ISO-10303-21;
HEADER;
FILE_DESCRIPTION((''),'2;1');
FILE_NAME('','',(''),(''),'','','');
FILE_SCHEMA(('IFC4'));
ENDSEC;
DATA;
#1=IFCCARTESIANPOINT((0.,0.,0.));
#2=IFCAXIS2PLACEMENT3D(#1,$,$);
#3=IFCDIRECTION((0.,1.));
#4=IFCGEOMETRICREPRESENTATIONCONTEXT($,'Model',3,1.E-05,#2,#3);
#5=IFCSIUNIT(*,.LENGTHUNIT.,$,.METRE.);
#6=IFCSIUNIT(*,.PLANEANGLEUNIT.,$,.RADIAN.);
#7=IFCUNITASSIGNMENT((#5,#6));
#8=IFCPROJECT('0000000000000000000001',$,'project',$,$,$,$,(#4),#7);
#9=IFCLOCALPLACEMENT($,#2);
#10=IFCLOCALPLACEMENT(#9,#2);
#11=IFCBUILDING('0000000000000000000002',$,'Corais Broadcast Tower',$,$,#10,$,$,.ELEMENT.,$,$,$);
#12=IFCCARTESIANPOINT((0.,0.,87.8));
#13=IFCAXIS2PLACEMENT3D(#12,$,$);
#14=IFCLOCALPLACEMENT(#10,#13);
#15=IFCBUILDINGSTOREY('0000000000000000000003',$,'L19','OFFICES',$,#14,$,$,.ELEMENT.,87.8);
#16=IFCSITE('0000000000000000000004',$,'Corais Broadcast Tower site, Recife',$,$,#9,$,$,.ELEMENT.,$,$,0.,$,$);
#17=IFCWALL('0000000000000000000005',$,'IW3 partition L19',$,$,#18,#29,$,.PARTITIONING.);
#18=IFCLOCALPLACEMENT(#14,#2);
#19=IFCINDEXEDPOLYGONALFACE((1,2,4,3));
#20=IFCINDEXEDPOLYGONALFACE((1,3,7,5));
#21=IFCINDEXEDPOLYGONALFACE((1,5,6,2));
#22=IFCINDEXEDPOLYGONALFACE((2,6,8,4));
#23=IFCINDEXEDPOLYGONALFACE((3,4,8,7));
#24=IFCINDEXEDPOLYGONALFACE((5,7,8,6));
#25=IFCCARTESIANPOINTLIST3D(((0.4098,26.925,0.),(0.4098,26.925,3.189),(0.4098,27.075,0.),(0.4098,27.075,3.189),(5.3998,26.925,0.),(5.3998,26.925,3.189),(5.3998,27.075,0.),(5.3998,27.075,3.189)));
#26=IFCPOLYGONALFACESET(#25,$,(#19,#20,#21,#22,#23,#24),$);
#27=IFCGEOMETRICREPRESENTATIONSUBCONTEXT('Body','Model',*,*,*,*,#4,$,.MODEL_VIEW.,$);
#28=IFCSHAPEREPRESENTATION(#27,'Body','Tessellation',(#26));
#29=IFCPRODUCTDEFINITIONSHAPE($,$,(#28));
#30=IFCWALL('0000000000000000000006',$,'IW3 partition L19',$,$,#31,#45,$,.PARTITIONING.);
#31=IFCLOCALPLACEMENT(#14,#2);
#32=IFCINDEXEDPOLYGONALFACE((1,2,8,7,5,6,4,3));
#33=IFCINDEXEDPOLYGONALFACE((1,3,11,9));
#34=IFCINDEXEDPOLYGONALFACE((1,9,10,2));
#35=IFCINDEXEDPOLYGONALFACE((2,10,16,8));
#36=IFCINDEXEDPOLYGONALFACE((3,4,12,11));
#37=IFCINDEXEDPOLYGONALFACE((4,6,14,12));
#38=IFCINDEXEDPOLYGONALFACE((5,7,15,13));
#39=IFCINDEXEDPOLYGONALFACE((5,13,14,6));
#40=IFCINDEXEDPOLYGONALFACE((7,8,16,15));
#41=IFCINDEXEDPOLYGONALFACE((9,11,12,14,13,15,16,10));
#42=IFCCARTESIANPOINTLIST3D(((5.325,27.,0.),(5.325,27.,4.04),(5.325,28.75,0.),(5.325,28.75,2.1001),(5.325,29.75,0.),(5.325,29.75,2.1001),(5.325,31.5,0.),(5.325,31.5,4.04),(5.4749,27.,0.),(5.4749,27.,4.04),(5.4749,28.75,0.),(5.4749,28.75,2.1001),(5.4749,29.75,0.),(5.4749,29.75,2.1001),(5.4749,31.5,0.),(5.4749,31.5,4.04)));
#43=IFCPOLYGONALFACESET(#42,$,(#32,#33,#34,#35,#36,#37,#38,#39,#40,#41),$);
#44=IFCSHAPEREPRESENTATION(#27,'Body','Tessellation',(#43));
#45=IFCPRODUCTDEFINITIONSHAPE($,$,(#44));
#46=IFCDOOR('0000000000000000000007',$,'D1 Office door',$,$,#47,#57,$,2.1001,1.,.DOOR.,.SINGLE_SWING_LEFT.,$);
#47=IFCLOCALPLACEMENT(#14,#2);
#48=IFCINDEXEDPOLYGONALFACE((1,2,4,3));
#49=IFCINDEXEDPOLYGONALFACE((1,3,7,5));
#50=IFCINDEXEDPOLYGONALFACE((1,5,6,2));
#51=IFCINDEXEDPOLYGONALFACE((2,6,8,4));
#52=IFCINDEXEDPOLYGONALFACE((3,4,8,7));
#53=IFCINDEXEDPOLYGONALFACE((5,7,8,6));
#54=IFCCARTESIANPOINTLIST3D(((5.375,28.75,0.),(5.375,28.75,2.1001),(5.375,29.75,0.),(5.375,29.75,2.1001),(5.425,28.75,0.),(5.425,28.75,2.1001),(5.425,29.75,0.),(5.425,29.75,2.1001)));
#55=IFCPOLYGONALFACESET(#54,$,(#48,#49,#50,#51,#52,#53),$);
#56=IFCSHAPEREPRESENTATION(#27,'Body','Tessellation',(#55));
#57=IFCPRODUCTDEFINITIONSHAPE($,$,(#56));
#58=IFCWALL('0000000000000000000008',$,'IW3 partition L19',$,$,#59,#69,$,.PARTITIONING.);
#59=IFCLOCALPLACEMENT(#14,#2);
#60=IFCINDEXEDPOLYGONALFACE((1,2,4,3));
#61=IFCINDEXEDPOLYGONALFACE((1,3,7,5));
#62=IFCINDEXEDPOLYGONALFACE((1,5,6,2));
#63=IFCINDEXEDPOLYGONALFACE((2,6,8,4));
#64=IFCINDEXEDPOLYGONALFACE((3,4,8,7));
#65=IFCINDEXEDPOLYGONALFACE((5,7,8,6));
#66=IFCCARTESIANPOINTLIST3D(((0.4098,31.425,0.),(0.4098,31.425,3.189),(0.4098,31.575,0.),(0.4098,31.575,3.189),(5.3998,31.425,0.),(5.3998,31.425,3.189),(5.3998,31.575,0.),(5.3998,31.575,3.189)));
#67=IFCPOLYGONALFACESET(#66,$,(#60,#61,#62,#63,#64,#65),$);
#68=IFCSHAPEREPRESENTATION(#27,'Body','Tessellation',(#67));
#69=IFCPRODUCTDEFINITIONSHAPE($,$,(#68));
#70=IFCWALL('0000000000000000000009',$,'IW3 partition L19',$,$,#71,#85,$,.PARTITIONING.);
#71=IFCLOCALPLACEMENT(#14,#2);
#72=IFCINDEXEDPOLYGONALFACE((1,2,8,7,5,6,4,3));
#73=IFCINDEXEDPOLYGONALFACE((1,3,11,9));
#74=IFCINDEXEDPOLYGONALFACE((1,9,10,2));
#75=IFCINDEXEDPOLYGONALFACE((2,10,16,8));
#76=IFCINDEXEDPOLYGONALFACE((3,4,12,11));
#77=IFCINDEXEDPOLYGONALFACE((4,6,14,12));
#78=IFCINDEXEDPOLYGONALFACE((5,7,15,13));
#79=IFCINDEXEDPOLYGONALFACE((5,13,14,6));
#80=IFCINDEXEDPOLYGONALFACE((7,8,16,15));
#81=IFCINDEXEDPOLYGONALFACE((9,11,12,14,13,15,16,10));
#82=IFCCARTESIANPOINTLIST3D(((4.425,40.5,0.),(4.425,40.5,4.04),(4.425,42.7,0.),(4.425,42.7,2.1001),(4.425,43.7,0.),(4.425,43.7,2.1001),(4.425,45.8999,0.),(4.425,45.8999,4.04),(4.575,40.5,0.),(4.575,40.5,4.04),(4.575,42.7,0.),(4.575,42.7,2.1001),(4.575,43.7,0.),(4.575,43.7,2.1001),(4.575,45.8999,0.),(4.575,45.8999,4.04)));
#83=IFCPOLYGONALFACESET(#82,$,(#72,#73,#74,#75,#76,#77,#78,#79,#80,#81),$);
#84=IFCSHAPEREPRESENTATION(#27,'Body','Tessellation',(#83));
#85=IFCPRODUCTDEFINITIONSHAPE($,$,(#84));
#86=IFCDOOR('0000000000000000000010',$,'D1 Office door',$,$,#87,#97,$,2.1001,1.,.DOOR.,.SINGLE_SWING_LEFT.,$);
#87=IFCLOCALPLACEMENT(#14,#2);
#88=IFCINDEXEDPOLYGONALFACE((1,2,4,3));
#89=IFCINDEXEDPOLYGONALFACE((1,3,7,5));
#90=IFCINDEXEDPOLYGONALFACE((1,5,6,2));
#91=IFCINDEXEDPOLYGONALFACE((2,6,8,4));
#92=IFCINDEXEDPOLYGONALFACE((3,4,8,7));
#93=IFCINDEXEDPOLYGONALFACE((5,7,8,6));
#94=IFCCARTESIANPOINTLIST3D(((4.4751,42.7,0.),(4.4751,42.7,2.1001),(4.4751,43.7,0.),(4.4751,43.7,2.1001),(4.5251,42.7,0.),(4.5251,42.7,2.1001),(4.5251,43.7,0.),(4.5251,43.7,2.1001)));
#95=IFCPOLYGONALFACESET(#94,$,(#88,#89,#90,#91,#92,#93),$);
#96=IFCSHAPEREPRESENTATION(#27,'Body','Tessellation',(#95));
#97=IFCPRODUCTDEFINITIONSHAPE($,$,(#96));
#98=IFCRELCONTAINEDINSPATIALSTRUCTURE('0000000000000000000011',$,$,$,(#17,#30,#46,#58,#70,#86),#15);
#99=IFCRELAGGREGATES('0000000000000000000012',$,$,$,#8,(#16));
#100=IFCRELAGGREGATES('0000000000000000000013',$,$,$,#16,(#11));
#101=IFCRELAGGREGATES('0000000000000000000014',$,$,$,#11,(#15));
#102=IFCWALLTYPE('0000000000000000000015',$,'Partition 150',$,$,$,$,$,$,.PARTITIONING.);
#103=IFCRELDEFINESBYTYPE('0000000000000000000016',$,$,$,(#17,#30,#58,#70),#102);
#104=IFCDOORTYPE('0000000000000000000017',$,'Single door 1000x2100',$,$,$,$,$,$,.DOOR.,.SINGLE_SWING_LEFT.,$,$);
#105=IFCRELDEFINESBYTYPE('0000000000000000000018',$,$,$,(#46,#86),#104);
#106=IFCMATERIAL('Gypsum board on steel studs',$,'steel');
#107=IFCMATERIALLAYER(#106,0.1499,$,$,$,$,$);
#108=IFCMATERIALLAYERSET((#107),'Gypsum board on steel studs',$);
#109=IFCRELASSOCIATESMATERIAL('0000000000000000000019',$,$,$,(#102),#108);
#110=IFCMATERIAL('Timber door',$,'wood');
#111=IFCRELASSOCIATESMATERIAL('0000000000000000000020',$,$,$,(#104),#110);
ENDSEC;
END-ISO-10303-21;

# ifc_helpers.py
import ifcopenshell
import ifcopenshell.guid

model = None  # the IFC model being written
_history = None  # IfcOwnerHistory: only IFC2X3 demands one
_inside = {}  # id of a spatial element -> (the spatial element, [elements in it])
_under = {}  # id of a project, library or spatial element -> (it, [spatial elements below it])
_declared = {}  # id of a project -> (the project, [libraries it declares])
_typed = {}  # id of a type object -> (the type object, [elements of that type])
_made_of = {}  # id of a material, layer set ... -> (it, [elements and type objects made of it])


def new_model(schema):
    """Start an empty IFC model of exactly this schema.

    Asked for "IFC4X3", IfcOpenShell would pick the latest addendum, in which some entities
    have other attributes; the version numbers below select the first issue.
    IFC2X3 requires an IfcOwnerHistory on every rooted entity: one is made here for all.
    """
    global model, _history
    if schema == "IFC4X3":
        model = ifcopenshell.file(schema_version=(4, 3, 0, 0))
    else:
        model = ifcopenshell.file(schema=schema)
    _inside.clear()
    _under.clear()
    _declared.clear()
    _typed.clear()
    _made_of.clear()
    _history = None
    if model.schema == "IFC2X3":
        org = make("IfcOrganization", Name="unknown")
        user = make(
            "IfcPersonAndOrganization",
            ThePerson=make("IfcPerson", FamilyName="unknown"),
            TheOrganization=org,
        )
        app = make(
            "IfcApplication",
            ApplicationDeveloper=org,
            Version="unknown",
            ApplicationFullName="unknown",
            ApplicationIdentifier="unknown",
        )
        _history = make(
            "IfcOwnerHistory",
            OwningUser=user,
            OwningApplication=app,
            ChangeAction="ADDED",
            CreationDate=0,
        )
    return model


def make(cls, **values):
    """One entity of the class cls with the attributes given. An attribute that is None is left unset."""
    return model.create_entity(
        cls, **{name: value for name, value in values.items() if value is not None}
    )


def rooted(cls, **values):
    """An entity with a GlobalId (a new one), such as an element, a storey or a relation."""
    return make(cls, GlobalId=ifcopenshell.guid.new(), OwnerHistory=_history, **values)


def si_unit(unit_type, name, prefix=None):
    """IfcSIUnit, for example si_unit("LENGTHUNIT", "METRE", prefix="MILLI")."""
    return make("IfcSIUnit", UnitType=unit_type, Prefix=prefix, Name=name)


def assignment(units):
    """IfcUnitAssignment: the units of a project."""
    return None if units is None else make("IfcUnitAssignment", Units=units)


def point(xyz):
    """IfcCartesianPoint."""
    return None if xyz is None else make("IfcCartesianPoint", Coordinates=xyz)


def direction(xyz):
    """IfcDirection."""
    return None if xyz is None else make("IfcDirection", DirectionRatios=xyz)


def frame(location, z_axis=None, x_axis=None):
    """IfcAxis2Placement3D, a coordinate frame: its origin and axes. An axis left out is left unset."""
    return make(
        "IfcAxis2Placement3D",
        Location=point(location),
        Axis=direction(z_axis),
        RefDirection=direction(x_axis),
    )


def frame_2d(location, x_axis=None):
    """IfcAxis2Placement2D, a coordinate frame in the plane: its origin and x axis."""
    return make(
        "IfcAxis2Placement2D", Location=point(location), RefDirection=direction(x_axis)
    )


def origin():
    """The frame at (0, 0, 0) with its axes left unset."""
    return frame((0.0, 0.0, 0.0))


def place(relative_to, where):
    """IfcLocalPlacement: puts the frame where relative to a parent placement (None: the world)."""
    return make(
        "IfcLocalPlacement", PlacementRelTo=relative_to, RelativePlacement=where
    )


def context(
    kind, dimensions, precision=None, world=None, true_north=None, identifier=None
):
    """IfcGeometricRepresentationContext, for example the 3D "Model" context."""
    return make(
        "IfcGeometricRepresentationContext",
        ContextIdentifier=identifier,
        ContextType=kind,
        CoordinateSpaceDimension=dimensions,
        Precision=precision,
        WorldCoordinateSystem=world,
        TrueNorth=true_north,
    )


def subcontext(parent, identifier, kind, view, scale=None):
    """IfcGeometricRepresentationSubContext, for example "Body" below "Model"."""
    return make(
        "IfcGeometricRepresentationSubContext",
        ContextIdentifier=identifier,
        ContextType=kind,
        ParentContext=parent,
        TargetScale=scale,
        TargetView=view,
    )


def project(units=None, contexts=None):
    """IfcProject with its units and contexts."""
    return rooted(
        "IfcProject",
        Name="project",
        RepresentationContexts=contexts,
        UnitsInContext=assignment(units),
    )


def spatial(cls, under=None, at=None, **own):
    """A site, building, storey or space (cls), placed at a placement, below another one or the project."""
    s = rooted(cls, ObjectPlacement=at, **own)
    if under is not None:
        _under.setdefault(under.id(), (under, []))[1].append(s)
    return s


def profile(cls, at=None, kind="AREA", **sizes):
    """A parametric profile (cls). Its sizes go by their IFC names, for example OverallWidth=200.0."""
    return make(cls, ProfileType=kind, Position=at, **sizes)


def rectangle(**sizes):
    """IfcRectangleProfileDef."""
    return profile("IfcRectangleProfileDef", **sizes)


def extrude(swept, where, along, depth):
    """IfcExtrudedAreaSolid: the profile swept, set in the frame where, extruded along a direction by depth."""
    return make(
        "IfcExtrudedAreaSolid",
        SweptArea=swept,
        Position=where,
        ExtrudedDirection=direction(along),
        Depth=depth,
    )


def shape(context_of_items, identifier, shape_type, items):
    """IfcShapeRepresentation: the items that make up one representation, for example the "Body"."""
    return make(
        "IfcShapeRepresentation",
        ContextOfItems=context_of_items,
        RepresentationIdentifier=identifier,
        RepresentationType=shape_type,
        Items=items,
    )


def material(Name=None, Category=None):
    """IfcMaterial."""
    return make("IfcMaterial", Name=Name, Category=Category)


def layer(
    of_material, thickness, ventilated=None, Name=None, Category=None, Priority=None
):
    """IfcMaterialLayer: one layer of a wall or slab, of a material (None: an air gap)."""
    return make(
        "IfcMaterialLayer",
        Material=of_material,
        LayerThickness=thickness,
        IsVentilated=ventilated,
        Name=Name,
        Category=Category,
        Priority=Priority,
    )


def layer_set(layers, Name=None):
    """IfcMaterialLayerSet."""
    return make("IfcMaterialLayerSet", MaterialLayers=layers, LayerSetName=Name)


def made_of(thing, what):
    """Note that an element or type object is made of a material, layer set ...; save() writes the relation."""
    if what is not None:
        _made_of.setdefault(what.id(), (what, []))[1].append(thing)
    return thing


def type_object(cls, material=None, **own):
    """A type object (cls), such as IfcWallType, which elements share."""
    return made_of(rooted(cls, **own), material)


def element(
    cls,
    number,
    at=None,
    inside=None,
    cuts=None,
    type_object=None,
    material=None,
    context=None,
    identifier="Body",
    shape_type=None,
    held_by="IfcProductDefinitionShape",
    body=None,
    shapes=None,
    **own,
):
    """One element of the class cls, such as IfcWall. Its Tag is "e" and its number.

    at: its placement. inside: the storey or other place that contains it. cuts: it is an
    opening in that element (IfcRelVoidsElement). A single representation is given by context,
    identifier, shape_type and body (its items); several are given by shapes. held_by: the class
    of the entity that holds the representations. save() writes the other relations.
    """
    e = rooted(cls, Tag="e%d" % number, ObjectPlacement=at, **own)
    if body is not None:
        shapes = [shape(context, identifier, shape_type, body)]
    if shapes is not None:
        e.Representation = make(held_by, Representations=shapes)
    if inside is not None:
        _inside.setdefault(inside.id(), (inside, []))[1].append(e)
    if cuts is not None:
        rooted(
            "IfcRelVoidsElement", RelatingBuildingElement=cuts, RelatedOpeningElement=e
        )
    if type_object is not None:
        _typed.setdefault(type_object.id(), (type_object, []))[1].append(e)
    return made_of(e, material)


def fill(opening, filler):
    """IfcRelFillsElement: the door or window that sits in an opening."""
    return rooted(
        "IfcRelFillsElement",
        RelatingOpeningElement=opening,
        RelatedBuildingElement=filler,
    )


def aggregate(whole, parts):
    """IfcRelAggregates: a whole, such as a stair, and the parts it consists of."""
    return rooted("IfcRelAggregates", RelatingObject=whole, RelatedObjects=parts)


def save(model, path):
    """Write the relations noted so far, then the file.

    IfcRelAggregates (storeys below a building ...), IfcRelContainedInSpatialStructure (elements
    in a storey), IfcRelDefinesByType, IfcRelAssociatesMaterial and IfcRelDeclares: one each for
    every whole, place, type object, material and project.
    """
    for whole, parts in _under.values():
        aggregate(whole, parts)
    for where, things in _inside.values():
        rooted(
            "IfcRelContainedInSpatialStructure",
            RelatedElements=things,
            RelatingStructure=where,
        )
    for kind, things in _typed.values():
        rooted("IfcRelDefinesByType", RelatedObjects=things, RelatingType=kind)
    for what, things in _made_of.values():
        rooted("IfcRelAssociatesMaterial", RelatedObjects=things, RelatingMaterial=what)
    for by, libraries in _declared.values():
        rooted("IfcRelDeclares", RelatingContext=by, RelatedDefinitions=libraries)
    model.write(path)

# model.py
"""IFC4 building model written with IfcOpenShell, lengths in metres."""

from ifc_helpers import new_model, si_unit, direction, frame, frame_2d, origin, place, context, subcontext, project, spatial, rectangle, extrude, material, layer, layer_set, type_object, element, fill, save


model = new_model("IFC4")

# Units and contexts
model_context = context("Model", 3, precision=1e-05, world=origin(), true_north=direction((0.0, 1.0)))
body_context = subcontext(model_context, "Body", "Model", "MODEL_VIEW")
ifc_project = project(units=[si_unit("LENGTHUNIT", "METRE"), si_unit("PLANEANGLEUNIT", "RADIAN")], contexts=[model_context])

# Site, building, storey
site_placement = place(None, origin())
site = spatial("IfcSite", under=ifc_project, at=site_placement, Name="Corais Broadcast Tower site, Recife", CompositionType="ELEMENT", RefElevation=0.0)
building_placement = place(site_placement, origin())
building = spatial("IfcBuilding", under=site, at=building_placement, Name="Corais Broadcast Tower", CompositionType="ELEMENT")
storey_placement = place(building_placement, frame((0.0, 0.0, 87.8)))
storey = spatial("IfcBuildingStorey", under=building, at=storey_placement, Name="L19", Description="OFFICES", CompositionType="ELEMENT", Elevation=87.8)

# Wall
ifc_material_1 = material(Name="Gypsum board on steel studs", Category="steel")
ifc_layer_1 = layer(ifc_material_1, 0.1499)
ifc_layer_set_1 = layer_set([ifc_layer_1], Name="Gypsum board on steel studs")
wall_type = type_object("IfcWallType", Name="Partition 150", PredefinedType="PARTITIONING", material=ifc_layer_set_1)
wall_1_placement = place(storey_placement, frame((5.3999, 27.0, 0.0), z_axis=(0.0, 0.0, 1.0), x_axis=(-1.0, 0.0, 0.0)))
element("IfcWall", 1, at=wall_1_placement, inside=storey, type_object=wall_type, Name="IW3 partition L19", PredefinedType="PARTITIONING", context=body_context, shape_type="SweptSolid", body=[
    extrude(rectangle(XDim=4.99, YDim=0.1499, at=frame_2d((2.4951, 0.0))), origin(), (0.0, 0.0, 1.0), 3.189),
])

# Wall, opening, door
wall_2_placement = place(storey_placement, frame((5.3999, 27.0, 0.0), z_axis=(0.0, 0.0, 1.0), x_axis=(0.0, 1.0, 0.0)))
wall_2 = element("IfcWall", 2, at=wall_2_placement, inside=storey, type_object=wall_type, Name="IW3 partition L19", PredefinedType="PARTITIONING", context=body_context, shape_type="SweptSolid", body=[
    extrude(rectangle(XDim=4.5, YDim=0.1499, at=frame_2d((2.25, 0.0))), origin(), (0.0, 0.0, 1.0), 4.04),
])
opening_1_placement = place(wall_2_placement, frame((1.75, 0.0, 0.0)))
opening_1 = element("IfcOpeningElement", 3, at=opening_1_placement, cuts=wall_2, PredefinedType="OPENING", context=body_context, shape_type="SweptSolid", body=[
    extrude(rectangle(XDim=1.0, YDim=2.1001, at=frame_2d((0.5, 1.05))), frame((0.0, 0.085, 0.0), z_axis=(0.0, -1.0, 0.0), x_axis=(1.0, 0.0, 0.0)), (0.0, 0.0, 1.0), 0.1699),
])
ifc_material_2 = material(Name="Timber door", Category="wood")
door_type = type_object("IfcDoorType", Name="Single door 1000x2100", OperationType="SINGLE_SWING_LEFT", PredefinedType="DOOR", material=ifc_material_2)
door_1_placement = place(opening_1_placement, origin())
door_1 = element("IfcDoor", 4, at=door_1_placement, inside=storey, type_object=door_type, Name="D1 Office door", OperationType="SINGLE_SWING_LEFT", OverallHeight=2.1001, OverallWidth=1.0, PredefinedType="DOOR", context=body_context, shape_type="SweptSolid", body=[
    extrude(rectangle(XDim=1.0, YDim=2.1001, at=frame_2d((0.5, 1.05))), frame((0.0, 0.0249, 0.0), z_axis=(0.0, -1.0, 0.0), x_axis=(1.0, 0.0, 0.0)), (0.0, 0.0, 1.0), 0.05),
])
fill(opening_1, door_1)

# Wall
wall_3_placement = place(storey_placement, frame((5.3999, 31.5, 0.0), z_axis=(0.0, 0.0, 1.0), x_axis=(-1.0, 0.0, 0.0)))
element("IfcWall", 5, at=wall_3_placement, inside=storey, type_object=wall_type, Name="IW3 partition L19", PredefinedType="PARTITIONING", context=body_context, shape_type="SweptSolid", body=[
    extrude(rectangle(XDim=4.99, YDim=0.1499, at=frame_2d((2.4951, 0.0))), origin(), (0.0, 0.0, 1.0), 3.189),
])

# Wall, opening, door
wall_4_placement = place(storey_placement, frame((4.5, 40.5, 0.0), z_axis=(0.0, 0.0, 1.0), x_axis=(0.0, 1.0, 0.0)))
wall_4 = element("IfcWall", 6, at=wall_4_placement, inside=storey, type_object=wall_type, Name="IW3 partition L19", PredefinedType="PARTITIONING", context=body_context, shape_type="SweptSolid", body=[
    extrude(rectangle(XDim=5.3999, YDim=0.1499, at=frame_2d((2.7, 0.0))), origin(), (0.0, 0.0, 1.0), 4.04),
])
opening_2_placement = place(wall_4_placement, frame((2.2, 0.0, 0.0)))
opening_2 = element("IfcOpeningElement", 7, at=opening_2_placement, cuts=wall_4, PredefinedType="OPENING", context=body_context, shape_type="SweptSolid", body=[
    extrude(rectangle(XDim=1.0, YDim=2.1001, at=frame_2d((0.5, 1.05))), frame((0.0, 0.085, 0.0), z_axis=(0.0, -1.0, 0.0), x_axis=(1.0, 0.0, 0.0)), (0.0, 0.0, 1.0), 0.1699),
])
door_2_placement = place(opening_2_placement, origin())
door_2 = element("IfcDoor", 8, at=door_2_placement, inside=storey, type_object=door_type, Name="D1 Office door", OperationType="SINGLE_SWING_LEFT", OverallHeight=2.1001, OverallWidth=1.0, PredefinedType="DOOR", context=body_context, shape_type="SweptSolid", body=[
    extrude(rectangle(XDim=1.0, YDim=2.1001, at=frame_2d((0.5, 1.05))), frame((0.0, 0.0249, 0.0), z_axis=(0.0, -1.0, 0.0), x_axis=(1.0, 0.0, 0.0)), (0.0, 0.0, 1.0), 0.05),
])
fill(opening_2, door_2)

save(model, "model.ifc")
